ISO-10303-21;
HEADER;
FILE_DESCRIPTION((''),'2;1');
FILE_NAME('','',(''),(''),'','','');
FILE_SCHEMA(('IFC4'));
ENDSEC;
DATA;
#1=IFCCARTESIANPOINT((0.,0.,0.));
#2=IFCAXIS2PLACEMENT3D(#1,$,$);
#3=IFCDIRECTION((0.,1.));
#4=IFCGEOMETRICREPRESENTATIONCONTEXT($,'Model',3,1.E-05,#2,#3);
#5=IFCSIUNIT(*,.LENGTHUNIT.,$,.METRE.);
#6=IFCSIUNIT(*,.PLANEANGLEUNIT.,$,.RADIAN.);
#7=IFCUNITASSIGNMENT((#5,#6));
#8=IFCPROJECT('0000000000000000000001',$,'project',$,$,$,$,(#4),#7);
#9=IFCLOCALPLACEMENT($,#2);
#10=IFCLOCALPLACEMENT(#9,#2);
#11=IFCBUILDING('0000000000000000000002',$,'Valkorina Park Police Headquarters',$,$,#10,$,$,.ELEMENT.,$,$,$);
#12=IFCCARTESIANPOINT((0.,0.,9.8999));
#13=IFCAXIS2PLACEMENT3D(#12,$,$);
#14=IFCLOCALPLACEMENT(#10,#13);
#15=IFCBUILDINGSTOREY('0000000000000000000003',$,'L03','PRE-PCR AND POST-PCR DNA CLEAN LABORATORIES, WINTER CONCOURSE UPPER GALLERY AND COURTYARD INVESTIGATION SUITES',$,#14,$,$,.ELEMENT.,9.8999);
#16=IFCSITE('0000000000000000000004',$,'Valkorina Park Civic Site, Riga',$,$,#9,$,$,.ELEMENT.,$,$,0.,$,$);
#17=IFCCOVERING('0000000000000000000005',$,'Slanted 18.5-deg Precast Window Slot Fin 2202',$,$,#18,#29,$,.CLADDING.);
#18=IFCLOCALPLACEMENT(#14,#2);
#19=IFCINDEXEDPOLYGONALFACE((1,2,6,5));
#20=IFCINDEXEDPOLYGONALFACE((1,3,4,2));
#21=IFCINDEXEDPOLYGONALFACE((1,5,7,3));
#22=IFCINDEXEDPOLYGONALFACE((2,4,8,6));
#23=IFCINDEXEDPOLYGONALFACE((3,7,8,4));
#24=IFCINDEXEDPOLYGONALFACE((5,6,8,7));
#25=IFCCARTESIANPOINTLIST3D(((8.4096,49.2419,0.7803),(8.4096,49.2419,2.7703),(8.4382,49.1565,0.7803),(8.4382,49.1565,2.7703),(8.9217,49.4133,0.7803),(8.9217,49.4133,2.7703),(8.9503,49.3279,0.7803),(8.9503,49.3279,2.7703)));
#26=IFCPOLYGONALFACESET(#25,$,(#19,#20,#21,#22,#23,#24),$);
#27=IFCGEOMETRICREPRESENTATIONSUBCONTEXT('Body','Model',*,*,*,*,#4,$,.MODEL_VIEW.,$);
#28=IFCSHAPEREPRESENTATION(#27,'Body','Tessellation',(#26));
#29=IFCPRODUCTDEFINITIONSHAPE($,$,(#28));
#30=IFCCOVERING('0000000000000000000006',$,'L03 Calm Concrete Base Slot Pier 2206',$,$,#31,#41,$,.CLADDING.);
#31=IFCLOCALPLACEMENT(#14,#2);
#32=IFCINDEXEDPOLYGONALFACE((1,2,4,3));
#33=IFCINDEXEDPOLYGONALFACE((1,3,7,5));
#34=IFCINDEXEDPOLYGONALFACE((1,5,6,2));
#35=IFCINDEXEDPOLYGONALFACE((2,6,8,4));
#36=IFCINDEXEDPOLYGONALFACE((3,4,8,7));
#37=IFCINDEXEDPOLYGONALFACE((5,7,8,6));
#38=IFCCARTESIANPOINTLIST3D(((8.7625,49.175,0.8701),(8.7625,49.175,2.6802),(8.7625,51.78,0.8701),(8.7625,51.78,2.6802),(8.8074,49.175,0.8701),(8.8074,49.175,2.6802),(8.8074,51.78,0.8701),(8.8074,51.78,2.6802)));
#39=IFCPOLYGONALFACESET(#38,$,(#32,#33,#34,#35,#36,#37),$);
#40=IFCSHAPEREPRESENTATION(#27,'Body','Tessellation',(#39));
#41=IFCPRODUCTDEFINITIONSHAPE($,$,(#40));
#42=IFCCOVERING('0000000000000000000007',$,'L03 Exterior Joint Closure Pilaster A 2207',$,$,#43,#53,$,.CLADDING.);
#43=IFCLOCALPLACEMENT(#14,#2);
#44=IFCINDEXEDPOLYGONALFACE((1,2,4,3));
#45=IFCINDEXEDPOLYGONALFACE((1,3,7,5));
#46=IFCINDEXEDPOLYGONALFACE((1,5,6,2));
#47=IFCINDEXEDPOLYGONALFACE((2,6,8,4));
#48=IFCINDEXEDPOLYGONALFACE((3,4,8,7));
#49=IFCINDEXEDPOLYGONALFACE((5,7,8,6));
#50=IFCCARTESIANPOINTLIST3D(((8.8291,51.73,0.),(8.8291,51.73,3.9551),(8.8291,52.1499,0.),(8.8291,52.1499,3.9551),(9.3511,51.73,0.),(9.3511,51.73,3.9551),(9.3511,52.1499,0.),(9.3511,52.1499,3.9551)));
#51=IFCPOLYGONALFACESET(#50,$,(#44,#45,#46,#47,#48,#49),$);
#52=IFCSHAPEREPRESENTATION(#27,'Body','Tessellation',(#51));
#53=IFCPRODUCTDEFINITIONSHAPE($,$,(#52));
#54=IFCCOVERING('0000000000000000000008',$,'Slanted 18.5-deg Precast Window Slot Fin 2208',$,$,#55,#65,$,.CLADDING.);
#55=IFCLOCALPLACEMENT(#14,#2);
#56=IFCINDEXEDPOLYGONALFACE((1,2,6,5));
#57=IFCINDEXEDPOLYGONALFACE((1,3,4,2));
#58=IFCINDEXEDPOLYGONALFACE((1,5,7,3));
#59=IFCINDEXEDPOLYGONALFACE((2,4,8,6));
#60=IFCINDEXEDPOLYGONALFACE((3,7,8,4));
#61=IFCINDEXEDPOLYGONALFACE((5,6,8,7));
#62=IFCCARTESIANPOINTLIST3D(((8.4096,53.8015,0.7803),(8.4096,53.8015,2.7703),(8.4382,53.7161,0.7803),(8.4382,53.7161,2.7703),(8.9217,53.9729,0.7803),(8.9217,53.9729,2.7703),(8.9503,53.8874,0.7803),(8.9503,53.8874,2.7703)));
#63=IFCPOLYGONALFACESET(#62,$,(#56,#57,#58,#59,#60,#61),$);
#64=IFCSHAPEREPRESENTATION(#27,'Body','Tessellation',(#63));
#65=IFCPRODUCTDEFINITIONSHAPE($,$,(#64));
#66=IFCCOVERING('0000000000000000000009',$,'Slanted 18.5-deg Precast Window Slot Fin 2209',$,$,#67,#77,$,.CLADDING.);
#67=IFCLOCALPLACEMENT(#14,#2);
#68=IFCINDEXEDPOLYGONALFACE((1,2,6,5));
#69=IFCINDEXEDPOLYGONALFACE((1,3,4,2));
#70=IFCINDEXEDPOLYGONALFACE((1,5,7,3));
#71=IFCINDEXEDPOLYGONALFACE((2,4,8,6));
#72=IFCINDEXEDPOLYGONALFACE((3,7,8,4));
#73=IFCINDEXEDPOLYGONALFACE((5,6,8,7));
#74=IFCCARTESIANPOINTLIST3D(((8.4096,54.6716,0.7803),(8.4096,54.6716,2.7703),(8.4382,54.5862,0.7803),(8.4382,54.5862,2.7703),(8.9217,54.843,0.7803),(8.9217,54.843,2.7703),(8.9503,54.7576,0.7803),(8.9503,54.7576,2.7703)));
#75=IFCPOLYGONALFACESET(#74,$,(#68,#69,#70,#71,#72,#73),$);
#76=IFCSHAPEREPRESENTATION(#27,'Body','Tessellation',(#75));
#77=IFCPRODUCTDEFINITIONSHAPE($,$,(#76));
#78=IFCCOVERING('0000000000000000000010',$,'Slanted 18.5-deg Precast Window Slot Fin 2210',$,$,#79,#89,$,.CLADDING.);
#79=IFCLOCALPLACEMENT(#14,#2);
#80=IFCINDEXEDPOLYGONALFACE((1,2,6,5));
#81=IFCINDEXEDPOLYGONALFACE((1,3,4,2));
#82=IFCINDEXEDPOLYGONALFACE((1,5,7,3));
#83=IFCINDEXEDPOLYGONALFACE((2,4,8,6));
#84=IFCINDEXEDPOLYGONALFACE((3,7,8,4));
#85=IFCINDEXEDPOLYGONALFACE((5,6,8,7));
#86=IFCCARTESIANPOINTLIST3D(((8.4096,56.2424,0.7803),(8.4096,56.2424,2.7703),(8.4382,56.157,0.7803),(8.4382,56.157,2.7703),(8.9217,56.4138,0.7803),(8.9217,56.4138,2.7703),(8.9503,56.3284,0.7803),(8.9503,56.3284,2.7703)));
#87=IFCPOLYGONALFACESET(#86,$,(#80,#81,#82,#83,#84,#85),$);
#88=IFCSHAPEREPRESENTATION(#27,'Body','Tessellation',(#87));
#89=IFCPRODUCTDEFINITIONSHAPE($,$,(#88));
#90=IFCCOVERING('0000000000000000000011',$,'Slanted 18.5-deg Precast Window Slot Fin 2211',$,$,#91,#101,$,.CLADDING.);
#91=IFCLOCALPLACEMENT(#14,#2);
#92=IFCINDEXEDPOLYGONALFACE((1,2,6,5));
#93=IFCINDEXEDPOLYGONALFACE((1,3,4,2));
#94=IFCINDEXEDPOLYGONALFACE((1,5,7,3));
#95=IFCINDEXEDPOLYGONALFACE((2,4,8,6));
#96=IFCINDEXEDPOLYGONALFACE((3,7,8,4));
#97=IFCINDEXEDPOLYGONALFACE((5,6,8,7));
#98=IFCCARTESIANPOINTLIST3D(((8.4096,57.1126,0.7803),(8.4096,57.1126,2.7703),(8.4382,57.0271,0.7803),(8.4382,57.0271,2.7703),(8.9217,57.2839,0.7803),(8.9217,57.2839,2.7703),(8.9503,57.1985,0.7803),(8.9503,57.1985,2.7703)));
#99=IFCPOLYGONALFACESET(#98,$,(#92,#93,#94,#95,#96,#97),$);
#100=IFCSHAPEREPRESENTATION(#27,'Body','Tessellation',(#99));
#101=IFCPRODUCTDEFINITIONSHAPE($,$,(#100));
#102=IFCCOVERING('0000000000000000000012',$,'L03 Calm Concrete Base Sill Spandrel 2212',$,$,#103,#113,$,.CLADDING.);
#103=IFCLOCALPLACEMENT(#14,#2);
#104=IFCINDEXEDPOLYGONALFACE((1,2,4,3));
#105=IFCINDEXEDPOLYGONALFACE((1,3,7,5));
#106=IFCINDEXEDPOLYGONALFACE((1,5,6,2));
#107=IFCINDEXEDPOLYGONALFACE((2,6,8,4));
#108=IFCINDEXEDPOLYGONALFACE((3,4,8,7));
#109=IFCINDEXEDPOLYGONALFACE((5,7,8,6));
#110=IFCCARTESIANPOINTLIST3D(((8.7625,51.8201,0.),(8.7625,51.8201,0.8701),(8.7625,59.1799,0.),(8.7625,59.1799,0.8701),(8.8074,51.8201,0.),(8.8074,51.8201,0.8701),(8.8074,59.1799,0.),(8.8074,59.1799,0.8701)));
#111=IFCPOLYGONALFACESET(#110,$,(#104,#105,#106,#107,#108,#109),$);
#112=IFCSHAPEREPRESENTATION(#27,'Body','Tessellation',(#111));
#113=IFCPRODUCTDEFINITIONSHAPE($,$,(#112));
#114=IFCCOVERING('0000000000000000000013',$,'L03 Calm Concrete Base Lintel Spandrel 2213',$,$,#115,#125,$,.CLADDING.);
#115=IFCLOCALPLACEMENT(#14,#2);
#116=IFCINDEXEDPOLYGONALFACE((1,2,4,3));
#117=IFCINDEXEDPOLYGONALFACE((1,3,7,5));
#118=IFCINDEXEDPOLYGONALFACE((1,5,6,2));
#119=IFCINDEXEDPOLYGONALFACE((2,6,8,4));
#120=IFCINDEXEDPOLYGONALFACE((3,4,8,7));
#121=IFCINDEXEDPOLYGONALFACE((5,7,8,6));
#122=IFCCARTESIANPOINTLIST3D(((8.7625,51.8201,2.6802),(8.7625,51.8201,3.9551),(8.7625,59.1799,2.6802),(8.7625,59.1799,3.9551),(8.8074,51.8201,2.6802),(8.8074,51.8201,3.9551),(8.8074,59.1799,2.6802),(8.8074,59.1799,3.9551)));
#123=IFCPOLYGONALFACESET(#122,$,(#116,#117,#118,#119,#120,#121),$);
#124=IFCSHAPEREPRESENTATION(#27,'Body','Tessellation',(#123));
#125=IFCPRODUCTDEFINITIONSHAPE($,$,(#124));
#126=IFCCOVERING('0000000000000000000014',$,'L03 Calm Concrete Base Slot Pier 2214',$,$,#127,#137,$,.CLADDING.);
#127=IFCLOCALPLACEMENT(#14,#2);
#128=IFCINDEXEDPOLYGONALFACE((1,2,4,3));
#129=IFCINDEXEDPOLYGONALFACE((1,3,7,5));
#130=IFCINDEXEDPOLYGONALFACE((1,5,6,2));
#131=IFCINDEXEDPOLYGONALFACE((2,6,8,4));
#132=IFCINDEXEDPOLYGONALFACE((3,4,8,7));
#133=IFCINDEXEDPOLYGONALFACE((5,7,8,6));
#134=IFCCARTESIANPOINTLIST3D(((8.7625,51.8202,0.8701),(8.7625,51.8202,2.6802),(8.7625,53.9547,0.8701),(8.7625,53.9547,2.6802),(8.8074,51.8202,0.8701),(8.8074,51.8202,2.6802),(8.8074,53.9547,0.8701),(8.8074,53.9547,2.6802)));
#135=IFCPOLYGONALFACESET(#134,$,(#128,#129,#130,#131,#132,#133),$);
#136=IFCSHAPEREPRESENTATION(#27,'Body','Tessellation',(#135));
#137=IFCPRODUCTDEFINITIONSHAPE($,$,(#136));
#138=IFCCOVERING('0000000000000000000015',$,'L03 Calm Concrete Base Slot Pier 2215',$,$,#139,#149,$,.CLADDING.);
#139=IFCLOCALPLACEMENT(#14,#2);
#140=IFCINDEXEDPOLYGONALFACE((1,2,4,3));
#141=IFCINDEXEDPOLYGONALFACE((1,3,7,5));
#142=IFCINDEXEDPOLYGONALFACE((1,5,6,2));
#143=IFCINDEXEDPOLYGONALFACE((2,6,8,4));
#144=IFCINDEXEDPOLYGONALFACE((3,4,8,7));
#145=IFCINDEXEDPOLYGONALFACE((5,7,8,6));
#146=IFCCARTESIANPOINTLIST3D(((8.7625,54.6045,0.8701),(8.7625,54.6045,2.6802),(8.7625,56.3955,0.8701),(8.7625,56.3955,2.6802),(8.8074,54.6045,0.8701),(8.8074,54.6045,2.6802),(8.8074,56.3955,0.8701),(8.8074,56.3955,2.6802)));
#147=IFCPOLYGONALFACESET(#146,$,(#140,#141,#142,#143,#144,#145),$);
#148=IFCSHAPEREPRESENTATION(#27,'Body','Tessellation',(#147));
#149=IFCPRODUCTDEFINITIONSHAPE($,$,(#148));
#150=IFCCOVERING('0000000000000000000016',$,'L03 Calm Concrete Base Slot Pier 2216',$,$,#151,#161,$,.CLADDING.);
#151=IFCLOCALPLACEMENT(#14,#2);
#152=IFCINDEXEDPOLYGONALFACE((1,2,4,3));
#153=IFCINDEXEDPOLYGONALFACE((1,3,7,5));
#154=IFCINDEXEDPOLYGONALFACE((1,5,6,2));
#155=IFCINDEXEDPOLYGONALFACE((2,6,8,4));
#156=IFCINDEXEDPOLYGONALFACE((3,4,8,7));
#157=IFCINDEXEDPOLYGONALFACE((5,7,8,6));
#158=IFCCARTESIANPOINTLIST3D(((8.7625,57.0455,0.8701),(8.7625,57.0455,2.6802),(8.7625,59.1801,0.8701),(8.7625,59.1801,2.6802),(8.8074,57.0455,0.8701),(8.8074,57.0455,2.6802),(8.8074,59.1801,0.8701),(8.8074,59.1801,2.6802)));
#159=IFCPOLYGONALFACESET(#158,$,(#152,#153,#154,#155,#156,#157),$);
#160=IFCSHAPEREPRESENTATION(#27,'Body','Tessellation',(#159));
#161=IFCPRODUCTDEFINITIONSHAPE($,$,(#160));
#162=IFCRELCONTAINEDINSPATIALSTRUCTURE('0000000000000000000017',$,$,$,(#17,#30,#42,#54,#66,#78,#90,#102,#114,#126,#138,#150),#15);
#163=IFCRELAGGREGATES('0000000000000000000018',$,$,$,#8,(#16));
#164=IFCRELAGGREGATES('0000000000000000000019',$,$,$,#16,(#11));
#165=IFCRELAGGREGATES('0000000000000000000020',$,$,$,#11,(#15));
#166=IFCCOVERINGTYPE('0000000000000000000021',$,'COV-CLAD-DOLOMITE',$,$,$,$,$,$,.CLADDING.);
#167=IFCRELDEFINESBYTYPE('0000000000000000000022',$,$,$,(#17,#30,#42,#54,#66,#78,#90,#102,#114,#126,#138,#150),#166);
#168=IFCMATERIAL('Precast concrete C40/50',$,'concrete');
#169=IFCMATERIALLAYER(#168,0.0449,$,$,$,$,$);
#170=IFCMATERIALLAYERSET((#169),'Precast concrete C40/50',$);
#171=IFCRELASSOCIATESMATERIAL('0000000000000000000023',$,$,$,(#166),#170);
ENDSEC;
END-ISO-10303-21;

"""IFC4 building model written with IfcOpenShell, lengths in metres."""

from ifc_helpers import new_model, si_unit, direction, frame, frame_2d, origin, origin_2d, place, context, subcontext, project, spatial, rectangle, extrude, material, layer, layer_set, type_object, element, save


model = new_model("IFC4")

# Units and contexts
model_context = context("Model", 3, precision=1e-05, world=origin(), true_north=direction((0.0, 1.0)))
body_context = subcontext(model_context, "Body", "Model", "MODEL_VIEW")
ifc_project = project(units=[si_unit("LENGTHUNIT", "METRE"), si_unit("PLANEANGLEUNIT", "RADIAN")], contexts=[model_context])

# Site, building, storey
site_placement = place(None, origin())
site = spatial("IfcSite", under=ifc_project, at=site_placement, Name="Valkorina Park Civic Site, Riga", CompositionType="ELEMENT", RefElevation=0.0)
building_placement = place(site_placement, origin())
building = spatial("IfcBuilding", under=site, at=building_placement, Name="Valkorina Park Police Headquarters", CompositionType="ELEMENT")
storey_placement = place(building_placement, frame((0.0, 0.0, 9.8999)))
storey = spatial("IfcBuildingStorey", under=building, at=storey_placement, Name="L03", Description="PRE-PCR AND POST-PCR DNA CLEAN LABORATORIES, WINTER CONCOURSE UPPER GALLERY AND COURTYARD INVESTIGATION SUITES", CompositionType="ELEMENT", Elevation=9.8999)

# Coverings
ifc_material_1 = material(Name="Precast concrete C40/50", Category="concrete")
ifc_layer_1 = layer(ifc_material_1, 0.0449)
ifc_layer_set_1 = layer_set([ifc_layer_1], Name="Precast concrete C40/50")
covering_type = type_object("IfcCoveringType", Name="COV-CLAD-DOLOMITE", PredefinedType="CLADDING", material=ifc_layer_set_1)
covering_1_placement = place(storey_placement, frame((8.6799, 49.2849, 0.7803), z_axis=(0.0, 0.0, 1.0), x_axis=(-0.948324, -0.317305, 0.0)))
element("IfcCovering", 1, at=covering_1_placement, inside=storey, type_object=covering_type, Name="Slanted 18.5-deg Precast Window Slot Fin 2202", PredefinedType="CLADDING", context=body_context, shape_type="SweptSolid", body=[
    extrude(rectangle(XDim=0.54, YDim=0.0901, at=origin_2d()), origin(), (0.0, 0.0, 1.0), 1.99),
])
covering_2_placement = place(storey_placement, frame((8.7849, 49.175, 0.8701), z_axis=(0.0, 0.0, 1.0), x_axis=(0.0, 1.0, 0.0)))
element("IfcCovering", 2, at=covering_2_placement, inside=storey, type_object=covering_type, Name="L03 Calm Concrete Base Slot Pier 2206", PredefinedType="CLADDING", context=body_context, shape_type="SweptSolid", body=[
    extrude(rectangle(XDim=2.605, YDim=0.0449, at=frame_2d((1.3025, 0.0))), origin(), (0.0, 0.0, 1.0), 1.8101),
])
covering_3_placement = place(storey_placement, frame((9.0901, 51.9399, 0.0), z_axis=(0.0, 0.0, 1.0), x_axis=(0.0, 1.0, 0.0)))
element("IfcCovering", 3, at=covering_3_placement, inside=storey, type_object=covering_type, Name="L03 Exterior Joint Closure Pilaster A 2207", PredefinedType="CLADDING", context=body_context, shape_type="SweptSolid", body=[
    extrude(rectangle(XDim=0.4199, YDim=0.522, at=origin_2d()), origin(), (0.0, 0.0, 1.0), 3.9551),
])
for number, where, z_axis, x_axis, name in (
    (4, (8.6799, 53.8445, 0.7803), (0.0, 0.0, 1.0), (-0.948324, -0.317305, 0.0), "Slanted 18.5-deg Precast Window Slot Fin 2208"),
    (5, (8.6799, 54.7146, 0.7803), (0.0, 0.0, 1.0), (-0.948324, -0.317305, 0.0), "Slanted 18.5-deg Precast Window Slot Fin 2209"),
    (6, (8.6799, 56.2854, 0.7803), (0.0, 0.0, 1.0), (-0.948324, -0.317305, 0.0), "Slanted 18.5-deg Precast Window Slot Fin 2210"),
    (7, (8.6799, 57.1555, 0.7803), (0.0, 0.0, 1.0), (-0.948324, -0.317305, 0.0), "Slanted 18.5-deg Precast Window Slot Fin 2211"),
):
    element("IfcCovering", number, at=place(storey_placement, frame(where, z_axis=z_axis, x_axis=x_axis)), inside=storey, type_object=covering_type, Name=name, PredefinedType="CLADDING", context=body_context, shape_type="SweptSolid", body=[
        extrude(rectangle(XDim=0.54, YDim=0.0901, at=origin_2d()), origin(), (0.0, 0.0, 1.0), 1.99),
    ])
covering_4_placement = place(storey_placement, frame((8.7849, 51.8201, 0.0), z_axis=(0.0, 0.0, 1.0), x_axis=(0.0, 1.0, 0.0)))
element("IfcCovering", 8, at=covering_4_placement, inside=storey, type_object=covering_type, Name="L03 Calm Concrete Base Sill Spandrel 2212", PredefinedType="CLADDING", context=body_context, shape_type="SweptSolid", body=[
    extrude(rectangle(XDim=7.3599, YDim=0.0449, at=frame_2d((3.6799, 0.0))), origin(), (0.0, 0.0, 1.0), 0.8701),
])
covering_5_placement = place(storey_placement, frame((8.7849, 51.8201, 2.6802), z_axis=(0.0, 0.0, 1.0), x_axis=(0.0, 1.0, 0.0)))
element("IfcCovering", 9, at=covering_5_placement, inside=storey, type_object=covering_type, Name="L03 Calm Concrete Base Lintel Spandrel 2213", PredefinedType="CLADDING", context=body_context, shape_type="SweptSolid", body=[
    extrude(rectangle(XDim=7.3599, YDim=0.0449, at=frame_2d((3.6799, 0.0))), origin(), (0.0, 0.0, 1.0), 1.2749),
])
covering_6_placement = place(storey_placement, frame((8.7849, 51.8201, 0.8701), z_axis=(0.0, 0.0, 1.0), x_axis=(0.0, 1.0, 0.0)))
element("IfcCovering", 10, at=covering_6_placement, inside=storey, type_object=covering_type, Name="L03 Calm Concrete Base Slot Pier 2214", PredefinedType="CLADDING", context=body_context, shape_type="SweptSolid", body=[
    extrude(rectangle(XDim=2.1345, YDim=0.0449, at=frame_2d((1.0674, 0.0))), origin(), (0.0, 0.0, 1.0), 1.8101),
])
covering_7_placement = place(storey_placement, frame((8.7849, 54.6045, 0.8701), z_axis=(0.0, 0.0, 1.0), x_axis=(0.0, 1.0, 0.0)))
element("IfcCovering", 11, at=covering_7_placement, inside=storey, type_object=covering_type, Name="L03 Calm Concrete Base Slot Pier 2215", PredefinedType="CLADDING", context=body_context, shape_type="SweptSolid", body=[
    extrude(rectangle(XDim=1.791, YDim=0.0449, at=frame_2d((0.8955, 0.0))), origin(), (0.0, 0.0, 1.0), 1.8101),
])
covering_8_placement = place(storey_placement, frame((8.7849, 57.0454, 0.8701), z_axis=(0.0, 0.0, 1.0), x_axis=(0.0, 1.0, 0.0)))
element("IfcCovering", 12, at=covering_8_placement, inside=storey, type_object=covering_type, Name="L03 Calm Concrete Base Slot Pier 2216", PredefinedType="CLADDING", context=body_context, shape_type="SweptSolid", body=[
    extrude(rectangle(XDim=2.1345, YDim=0.0449, at=frame_2d((1.0674, 0.0))), origin(), (0.0, 0.0, 1.0), 1.8101),
])

save(model, "model.ifc")
